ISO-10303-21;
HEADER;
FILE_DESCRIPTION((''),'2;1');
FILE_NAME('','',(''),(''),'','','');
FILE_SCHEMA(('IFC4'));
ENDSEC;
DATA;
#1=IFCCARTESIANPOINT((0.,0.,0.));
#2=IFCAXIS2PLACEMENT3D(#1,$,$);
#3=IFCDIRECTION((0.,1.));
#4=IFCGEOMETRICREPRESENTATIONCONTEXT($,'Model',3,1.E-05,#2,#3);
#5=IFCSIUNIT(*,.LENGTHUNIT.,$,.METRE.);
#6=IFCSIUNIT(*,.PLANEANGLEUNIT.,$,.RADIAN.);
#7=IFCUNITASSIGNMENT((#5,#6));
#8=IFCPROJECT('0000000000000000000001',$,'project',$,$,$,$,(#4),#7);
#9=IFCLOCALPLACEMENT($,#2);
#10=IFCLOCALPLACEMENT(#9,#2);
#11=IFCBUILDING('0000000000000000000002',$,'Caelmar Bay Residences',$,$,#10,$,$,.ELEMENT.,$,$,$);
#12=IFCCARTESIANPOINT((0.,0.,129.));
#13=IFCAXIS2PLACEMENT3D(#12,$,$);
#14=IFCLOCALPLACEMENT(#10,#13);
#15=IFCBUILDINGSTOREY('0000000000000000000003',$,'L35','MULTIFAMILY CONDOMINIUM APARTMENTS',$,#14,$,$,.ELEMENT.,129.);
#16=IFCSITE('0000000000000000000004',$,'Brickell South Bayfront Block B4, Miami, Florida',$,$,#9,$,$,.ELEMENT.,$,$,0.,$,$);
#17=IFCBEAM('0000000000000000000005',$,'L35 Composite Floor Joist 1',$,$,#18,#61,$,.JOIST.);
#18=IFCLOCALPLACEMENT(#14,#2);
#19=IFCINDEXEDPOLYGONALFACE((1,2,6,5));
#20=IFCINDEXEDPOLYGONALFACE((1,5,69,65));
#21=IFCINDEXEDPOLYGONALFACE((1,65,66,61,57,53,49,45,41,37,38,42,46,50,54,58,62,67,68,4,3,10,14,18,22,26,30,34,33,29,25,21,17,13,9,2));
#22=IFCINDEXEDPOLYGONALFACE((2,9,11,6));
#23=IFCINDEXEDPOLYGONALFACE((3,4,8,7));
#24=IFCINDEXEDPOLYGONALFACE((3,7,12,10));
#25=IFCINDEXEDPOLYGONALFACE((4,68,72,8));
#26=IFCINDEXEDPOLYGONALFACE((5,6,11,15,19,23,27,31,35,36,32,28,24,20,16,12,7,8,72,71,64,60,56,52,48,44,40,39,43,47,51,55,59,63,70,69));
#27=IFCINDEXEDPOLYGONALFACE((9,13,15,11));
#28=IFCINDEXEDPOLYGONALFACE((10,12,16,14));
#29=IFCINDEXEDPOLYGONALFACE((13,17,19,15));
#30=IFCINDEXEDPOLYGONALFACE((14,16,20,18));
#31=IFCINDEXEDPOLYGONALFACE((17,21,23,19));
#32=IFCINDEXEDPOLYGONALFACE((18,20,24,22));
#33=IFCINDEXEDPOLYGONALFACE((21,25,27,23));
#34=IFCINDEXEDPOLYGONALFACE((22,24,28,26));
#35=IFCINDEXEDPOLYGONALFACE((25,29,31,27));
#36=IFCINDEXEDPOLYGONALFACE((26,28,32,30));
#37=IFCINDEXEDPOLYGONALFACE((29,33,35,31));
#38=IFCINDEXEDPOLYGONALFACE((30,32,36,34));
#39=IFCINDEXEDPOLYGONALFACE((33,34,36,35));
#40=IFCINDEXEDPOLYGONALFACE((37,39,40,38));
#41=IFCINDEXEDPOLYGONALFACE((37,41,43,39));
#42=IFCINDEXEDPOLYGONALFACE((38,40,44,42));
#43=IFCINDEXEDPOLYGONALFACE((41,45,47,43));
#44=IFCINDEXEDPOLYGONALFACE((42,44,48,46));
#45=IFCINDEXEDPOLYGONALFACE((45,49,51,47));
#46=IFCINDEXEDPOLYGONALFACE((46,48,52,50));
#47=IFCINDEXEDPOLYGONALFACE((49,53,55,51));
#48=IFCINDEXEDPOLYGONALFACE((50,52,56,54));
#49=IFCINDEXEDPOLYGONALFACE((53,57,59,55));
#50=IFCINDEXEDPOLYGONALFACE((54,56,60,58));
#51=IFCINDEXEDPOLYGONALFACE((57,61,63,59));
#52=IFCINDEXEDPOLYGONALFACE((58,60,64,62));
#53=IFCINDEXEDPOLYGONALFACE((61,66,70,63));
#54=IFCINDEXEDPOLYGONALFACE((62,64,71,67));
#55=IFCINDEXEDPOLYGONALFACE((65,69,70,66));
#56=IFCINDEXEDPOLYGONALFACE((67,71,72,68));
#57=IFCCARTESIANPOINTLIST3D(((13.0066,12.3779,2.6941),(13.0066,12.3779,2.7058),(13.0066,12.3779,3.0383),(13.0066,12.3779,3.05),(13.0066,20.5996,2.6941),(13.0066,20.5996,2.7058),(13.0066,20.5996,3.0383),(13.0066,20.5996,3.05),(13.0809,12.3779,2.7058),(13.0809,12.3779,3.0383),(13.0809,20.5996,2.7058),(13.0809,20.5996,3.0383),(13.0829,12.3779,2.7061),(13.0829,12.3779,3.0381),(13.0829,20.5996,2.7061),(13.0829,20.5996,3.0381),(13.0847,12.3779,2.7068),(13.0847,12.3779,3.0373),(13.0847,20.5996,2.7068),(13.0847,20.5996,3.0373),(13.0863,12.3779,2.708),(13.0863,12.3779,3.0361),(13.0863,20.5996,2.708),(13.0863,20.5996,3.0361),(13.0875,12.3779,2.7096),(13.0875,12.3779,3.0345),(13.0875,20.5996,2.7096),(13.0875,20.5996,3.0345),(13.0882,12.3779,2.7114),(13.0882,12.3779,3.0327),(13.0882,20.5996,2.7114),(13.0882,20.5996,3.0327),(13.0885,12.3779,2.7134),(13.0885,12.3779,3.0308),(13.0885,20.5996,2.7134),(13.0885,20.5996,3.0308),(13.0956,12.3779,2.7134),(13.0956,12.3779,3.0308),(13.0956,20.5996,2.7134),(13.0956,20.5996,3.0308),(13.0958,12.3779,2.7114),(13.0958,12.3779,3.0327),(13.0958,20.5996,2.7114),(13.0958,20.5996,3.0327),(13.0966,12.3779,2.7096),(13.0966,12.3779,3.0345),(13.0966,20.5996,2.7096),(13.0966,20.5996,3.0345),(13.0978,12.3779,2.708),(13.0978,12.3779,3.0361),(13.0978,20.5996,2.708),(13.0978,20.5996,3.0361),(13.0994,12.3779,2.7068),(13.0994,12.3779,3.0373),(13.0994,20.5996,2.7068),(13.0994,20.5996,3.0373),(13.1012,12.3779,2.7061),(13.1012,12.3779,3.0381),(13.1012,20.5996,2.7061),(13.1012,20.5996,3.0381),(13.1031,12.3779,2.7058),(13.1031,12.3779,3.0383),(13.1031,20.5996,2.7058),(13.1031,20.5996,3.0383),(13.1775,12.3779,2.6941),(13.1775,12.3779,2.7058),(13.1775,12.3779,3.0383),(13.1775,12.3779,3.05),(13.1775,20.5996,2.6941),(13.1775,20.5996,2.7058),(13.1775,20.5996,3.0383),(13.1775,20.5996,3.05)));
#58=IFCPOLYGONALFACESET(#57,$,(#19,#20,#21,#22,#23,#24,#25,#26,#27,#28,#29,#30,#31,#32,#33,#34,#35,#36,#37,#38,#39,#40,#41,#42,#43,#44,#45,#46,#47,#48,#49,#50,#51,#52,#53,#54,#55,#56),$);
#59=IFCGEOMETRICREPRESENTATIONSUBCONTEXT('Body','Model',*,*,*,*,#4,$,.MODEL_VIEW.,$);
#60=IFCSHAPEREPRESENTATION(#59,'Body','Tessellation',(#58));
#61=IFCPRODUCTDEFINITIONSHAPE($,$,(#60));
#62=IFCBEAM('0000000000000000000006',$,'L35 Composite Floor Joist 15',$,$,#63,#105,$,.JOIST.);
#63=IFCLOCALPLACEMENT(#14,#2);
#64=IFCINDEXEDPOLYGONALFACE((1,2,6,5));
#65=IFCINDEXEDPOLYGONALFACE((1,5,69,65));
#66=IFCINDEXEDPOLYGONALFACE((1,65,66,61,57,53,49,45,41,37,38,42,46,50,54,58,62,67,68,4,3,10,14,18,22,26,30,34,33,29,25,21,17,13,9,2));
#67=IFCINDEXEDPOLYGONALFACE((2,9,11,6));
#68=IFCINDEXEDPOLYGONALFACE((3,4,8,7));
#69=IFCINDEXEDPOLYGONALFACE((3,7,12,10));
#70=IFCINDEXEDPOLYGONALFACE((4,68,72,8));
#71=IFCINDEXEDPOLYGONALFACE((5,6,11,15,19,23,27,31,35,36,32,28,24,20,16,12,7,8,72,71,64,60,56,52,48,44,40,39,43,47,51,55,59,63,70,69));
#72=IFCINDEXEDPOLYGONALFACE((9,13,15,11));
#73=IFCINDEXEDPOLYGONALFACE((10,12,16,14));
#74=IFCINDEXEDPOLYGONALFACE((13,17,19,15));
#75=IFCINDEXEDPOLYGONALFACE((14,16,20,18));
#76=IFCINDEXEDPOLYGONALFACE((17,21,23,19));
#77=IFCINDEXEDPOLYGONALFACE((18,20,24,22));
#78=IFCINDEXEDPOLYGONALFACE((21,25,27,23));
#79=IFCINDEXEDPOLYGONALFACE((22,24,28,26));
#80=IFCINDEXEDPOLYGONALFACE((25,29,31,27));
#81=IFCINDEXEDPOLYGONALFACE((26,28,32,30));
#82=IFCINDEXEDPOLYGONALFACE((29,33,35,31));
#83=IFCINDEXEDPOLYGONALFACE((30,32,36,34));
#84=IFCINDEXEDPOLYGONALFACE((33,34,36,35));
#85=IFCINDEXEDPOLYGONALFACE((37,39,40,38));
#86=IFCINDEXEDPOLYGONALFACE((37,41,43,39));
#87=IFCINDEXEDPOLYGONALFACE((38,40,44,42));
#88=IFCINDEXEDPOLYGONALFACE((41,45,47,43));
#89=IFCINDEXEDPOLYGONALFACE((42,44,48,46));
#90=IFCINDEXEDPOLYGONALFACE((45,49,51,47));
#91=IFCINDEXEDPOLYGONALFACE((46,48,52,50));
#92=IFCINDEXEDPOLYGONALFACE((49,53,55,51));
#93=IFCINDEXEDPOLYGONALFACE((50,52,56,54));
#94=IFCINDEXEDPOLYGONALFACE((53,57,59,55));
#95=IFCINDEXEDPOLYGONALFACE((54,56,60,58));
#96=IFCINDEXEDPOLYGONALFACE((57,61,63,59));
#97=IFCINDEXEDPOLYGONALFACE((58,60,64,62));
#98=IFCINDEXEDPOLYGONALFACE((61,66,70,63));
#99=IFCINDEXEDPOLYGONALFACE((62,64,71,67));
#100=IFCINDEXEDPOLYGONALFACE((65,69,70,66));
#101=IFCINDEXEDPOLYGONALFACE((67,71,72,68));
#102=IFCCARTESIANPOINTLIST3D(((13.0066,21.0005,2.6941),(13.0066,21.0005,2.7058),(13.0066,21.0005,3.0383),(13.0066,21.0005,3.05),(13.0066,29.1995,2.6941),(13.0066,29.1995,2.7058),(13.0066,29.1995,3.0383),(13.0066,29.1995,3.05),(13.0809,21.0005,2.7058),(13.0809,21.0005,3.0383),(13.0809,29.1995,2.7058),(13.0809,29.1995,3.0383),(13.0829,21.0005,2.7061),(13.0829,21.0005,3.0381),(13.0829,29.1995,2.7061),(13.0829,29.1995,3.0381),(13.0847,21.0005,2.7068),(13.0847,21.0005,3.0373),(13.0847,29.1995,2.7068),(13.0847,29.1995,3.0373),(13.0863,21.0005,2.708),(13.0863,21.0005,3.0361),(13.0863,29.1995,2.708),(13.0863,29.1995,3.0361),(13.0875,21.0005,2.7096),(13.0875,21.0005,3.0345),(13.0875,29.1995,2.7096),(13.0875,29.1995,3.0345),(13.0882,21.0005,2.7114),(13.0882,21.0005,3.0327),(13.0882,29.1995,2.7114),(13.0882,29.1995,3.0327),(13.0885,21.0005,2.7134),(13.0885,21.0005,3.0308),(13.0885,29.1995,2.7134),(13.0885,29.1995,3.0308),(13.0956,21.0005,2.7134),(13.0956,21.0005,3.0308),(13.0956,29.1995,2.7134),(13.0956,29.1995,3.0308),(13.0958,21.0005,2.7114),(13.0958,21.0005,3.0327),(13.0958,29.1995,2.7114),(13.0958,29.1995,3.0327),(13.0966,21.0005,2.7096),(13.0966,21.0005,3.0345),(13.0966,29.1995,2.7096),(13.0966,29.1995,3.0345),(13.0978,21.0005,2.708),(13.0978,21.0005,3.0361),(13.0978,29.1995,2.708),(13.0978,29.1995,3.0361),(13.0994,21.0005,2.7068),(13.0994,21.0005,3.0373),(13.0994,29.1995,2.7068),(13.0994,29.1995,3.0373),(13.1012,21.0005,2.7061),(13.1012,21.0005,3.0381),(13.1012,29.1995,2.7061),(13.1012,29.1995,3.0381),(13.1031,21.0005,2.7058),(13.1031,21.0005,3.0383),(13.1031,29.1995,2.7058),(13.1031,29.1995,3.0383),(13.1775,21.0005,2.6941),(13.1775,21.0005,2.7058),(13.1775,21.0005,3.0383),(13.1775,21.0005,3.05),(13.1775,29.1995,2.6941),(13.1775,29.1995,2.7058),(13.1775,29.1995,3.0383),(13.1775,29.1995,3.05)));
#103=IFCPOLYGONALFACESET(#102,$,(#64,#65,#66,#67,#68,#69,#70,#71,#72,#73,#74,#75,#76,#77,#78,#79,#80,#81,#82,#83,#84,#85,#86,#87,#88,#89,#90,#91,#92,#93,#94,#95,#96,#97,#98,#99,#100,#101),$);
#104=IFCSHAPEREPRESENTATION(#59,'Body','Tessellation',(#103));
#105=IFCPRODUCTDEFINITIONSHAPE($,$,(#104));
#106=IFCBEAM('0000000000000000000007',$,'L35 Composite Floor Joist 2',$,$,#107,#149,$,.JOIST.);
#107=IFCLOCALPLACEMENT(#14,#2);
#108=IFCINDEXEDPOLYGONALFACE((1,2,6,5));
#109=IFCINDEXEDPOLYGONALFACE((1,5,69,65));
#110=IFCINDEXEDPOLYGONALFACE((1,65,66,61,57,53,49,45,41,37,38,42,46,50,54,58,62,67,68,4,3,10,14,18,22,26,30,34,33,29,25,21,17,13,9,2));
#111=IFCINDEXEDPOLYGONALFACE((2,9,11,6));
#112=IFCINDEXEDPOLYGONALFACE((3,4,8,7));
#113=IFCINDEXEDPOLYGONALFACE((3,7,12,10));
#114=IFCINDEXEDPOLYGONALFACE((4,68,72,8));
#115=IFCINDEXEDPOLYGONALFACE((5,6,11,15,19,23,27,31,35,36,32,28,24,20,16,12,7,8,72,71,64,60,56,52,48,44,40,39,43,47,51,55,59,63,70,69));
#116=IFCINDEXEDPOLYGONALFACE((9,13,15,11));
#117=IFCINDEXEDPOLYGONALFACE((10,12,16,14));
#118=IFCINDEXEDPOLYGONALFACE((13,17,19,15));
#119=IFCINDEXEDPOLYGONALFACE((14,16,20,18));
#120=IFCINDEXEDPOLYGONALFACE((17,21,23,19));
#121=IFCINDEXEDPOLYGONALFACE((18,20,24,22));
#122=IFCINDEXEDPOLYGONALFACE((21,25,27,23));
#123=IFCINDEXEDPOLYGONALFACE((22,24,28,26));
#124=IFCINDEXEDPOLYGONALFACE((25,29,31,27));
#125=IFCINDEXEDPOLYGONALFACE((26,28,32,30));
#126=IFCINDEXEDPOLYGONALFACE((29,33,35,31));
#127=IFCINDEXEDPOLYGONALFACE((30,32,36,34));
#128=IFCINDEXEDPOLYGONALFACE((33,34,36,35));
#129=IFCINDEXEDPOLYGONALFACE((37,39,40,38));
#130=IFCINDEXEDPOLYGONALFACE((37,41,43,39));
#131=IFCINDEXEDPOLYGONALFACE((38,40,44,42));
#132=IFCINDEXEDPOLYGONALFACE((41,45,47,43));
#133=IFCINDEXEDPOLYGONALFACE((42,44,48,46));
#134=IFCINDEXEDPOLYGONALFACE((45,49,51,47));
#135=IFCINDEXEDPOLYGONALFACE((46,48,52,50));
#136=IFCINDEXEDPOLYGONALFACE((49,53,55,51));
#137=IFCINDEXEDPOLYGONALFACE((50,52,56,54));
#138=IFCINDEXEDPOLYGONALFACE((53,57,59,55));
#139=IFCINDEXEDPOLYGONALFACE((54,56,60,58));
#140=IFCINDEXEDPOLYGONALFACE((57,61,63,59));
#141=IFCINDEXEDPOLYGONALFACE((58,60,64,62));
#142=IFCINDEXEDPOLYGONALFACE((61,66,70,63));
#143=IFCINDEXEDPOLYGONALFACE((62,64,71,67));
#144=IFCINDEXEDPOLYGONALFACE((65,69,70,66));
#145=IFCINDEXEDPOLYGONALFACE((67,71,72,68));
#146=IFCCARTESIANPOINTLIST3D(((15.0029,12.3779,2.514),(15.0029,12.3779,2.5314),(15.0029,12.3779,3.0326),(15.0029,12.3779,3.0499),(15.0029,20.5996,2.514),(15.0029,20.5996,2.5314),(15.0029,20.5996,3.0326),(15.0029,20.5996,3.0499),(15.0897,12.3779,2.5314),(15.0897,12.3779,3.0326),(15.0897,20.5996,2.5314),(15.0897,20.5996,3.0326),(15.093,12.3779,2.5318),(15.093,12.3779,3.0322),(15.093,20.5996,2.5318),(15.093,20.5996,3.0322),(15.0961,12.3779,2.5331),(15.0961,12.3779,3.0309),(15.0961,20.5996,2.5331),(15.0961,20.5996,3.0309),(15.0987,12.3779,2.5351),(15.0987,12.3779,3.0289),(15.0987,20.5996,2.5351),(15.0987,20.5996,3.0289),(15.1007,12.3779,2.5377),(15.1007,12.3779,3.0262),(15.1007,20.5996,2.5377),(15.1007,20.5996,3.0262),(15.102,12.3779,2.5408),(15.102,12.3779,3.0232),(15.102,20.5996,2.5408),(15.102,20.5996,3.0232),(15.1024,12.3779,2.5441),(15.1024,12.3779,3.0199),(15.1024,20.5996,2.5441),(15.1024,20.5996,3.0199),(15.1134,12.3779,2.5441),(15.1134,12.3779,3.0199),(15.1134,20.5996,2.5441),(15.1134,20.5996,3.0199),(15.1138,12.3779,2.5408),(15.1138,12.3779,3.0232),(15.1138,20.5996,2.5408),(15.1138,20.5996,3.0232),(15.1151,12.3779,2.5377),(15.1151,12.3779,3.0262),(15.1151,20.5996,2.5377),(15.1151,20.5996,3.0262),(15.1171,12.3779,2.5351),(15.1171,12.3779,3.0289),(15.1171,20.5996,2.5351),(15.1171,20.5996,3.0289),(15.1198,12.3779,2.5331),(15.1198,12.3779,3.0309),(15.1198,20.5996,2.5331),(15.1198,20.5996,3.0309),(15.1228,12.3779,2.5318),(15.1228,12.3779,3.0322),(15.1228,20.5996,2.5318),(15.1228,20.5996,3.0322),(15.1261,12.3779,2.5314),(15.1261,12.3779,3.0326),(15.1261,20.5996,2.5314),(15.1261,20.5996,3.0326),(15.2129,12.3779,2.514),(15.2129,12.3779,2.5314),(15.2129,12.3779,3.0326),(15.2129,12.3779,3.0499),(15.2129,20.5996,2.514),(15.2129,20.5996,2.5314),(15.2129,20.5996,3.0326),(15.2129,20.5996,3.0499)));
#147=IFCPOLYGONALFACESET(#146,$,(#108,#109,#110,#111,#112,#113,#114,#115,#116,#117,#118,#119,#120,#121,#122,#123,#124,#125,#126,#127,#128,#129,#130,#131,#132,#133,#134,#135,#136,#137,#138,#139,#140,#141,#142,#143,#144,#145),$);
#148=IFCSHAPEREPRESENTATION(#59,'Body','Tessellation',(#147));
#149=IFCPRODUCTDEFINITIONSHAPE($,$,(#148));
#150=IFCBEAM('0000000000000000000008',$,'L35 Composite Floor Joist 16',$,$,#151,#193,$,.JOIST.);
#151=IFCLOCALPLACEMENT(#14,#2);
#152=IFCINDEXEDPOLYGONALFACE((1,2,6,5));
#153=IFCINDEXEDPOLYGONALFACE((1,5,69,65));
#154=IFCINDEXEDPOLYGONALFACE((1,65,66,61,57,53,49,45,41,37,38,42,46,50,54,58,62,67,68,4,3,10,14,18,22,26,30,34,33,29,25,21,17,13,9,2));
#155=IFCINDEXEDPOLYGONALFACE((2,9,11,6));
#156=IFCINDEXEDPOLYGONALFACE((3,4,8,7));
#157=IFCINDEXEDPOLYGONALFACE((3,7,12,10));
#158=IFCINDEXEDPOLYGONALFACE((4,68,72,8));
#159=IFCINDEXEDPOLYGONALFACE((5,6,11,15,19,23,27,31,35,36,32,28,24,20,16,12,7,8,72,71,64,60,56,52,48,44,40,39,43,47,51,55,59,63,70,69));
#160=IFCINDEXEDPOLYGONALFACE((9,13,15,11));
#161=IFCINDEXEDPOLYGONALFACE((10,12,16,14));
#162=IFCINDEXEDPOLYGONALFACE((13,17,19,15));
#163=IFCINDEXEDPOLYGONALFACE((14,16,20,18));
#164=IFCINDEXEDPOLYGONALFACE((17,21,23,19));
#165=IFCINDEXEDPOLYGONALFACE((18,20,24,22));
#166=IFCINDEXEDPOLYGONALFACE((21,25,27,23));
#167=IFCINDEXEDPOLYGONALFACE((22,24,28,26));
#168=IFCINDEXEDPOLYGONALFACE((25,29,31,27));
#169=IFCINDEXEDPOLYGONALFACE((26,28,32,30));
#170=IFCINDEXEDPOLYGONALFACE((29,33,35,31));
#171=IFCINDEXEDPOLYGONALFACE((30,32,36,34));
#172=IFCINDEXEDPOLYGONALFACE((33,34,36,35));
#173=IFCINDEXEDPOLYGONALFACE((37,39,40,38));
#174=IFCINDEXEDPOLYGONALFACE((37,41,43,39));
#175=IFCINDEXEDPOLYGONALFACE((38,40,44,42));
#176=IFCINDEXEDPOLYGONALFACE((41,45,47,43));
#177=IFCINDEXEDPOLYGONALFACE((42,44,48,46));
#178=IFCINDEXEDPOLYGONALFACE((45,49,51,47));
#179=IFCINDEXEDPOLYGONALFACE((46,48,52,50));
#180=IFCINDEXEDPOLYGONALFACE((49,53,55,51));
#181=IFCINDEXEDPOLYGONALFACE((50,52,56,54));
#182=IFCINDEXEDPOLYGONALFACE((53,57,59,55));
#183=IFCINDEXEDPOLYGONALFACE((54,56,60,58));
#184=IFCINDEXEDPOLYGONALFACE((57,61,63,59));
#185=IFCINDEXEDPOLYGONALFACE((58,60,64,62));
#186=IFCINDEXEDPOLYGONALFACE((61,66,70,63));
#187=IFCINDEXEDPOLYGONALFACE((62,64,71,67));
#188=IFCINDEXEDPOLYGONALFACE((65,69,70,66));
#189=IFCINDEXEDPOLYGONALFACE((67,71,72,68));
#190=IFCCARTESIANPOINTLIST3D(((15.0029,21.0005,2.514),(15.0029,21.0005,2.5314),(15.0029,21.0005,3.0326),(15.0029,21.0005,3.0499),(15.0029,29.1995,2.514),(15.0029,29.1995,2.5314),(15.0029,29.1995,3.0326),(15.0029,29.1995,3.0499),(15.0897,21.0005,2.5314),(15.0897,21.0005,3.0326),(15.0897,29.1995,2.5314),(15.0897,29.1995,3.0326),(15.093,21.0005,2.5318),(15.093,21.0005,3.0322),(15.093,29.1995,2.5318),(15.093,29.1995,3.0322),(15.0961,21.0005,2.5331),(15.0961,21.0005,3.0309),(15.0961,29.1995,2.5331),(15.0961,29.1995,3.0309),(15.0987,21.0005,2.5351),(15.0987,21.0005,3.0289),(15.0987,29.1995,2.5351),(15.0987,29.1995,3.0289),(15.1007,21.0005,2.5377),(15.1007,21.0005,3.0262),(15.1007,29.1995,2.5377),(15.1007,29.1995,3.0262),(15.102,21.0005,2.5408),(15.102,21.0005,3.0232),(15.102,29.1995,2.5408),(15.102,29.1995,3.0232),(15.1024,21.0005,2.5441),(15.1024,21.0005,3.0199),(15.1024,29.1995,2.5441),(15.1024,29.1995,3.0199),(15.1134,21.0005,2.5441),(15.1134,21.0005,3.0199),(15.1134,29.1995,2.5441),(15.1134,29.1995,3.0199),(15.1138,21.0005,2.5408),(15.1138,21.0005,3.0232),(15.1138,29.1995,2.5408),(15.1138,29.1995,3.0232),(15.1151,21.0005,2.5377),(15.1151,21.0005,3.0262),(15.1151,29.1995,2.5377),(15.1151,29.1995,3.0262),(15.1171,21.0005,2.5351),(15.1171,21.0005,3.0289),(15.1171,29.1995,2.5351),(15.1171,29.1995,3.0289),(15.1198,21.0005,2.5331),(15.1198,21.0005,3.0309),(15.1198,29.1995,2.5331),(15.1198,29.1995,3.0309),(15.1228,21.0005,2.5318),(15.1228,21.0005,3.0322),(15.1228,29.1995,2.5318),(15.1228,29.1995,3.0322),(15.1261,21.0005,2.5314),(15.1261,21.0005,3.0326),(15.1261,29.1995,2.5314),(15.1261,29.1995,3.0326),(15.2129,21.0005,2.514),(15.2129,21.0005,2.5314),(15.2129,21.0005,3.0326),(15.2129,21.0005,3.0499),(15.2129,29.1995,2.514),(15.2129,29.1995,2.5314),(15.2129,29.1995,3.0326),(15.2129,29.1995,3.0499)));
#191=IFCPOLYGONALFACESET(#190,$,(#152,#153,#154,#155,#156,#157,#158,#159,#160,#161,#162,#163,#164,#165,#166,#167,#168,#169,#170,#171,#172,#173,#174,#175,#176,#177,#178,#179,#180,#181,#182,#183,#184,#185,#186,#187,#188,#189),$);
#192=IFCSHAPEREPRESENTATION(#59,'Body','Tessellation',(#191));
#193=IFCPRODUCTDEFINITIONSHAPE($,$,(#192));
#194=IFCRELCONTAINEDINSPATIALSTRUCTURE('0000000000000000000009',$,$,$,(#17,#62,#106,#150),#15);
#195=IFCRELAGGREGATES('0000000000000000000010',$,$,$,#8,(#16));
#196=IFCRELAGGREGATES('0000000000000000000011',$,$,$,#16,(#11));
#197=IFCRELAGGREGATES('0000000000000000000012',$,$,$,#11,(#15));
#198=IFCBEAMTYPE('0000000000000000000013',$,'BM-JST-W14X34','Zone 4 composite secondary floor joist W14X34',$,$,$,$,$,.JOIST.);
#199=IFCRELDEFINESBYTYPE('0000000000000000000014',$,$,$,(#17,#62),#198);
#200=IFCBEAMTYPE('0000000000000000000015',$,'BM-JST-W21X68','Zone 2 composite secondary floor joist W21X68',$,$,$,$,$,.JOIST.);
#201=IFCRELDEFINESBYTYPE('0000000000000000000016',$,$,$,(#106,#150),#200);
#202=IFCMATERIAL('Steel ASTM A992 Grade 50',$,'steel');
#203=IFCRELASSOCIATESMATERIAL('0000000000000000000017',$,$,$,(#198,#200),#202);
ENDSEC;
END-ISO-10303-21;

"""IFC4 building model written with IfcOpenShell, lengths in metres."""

from ifc_helpers import new_model, si_unit, direction, frame, origin, origin_2d, place, context, subcontext, project, spatial, i_section, extrude, material, material_profile, profile_set, type_object, element, save


model = new_model("IFC4")

# Units and contexts
model_context = context("Model", 3, precision=1e-05, world=origin(), true_north=direction((0.0, 1.0)))
body_context = subcontext(model_context, "Body", "Model", "MODEL_VIEW")
ifc_project = project(units=[si_unit("LENGTHUNIT", "METRE"), si_unit("PLANEANGLEUNIT", "RADIAN")], contexts=[model_context])

# Site, building, storey
site_placement = place(None, origin())
site = spatial("IfcSite", under=ifc_project, at=site_placement, Name="Brickell South Bayfront Block B4, Miami, Florida", CompositionType="ELEMENT", RefElevation=0.0)
building_placement = place(site_placement, origin())
building = spatial("IfcBuilding", under=site, at=building_placement, Name="Caelmar Bay Residences", CompositionType="ELEMENT")
storey_placement = place(building_placement, frame((0.0, 0.0, 129.0)))
storey = spatial("IfcBuildingStorey", under=building, at=storey_placement, Name="L35", Description="MULTIFAMILY CONDOMINIUM APARTMENTS", CompositionType="ELEMENT", Elevation=129.0)

# Beams
ifc_material_1 = material(Name="Steel ASTM A992 Grade 50", Category="steel")
ifc_material_profile_1 = material_profile(ifc_material_1, i_section(OverallWidth=0.1709, OverallDepth=0.356, WebThickness=0.0071, FlangeThickness=0.0117, FilletRadius=0.0076, at=origin_2d()), Name="W14X34")
ifc_profile_set_1 = profile_set([ifc_material_profile_1], Name="Steel ASTM A992 Grade 50")
beam_type_1 = type_object("IfcBeamType", Name="BM-JST-W14X34", Description="Zone 4 composite secondary floor joist W14X34", PredefinedType="JOIST", material=ifc_profile_set_1)
beam_1_placement = place(storey_placement, frame((13.092, 12.3779, 2.8721), z_axis=(0.0, 1.0, 0.0), x_axis=(-1.0, 0.0, 0.0)))
element("IfcBeam", 1, at=beam_1_placement, inside=storey, type_object=beam_type_1, Name="L35 Composite Floor Joist 1", PredefinedType="JOIST", context=body_context, shape_type="SweptSolid", body=[
    extrude(i_section(OverallWidth=0.1709, OverallDepth=0.356, WebThickness=0.0071, FlangeThickness=0.0117, FilletRadius=0.0076, at=origin_2d()), origin(), (0.0, 0.0, 1.0), 8.2217),
])
beam_2_placement = place(storey_placement, frame((13.092, 21.0005, 2.8721), z_axis=(0.0, 1.0, 0.0), x_axis=(-1.0, 0.0, 0.0)))
element("IfcBeam", 2, at=beam_2_placement, inside=storey, type_object=beam_type_1, Name="L35 Composite Floor Joist 15", PredefinedType="JOIST", context=body_context, shape_type="SweptSolid", body=[
    extrude(i_section(OverallWidth=0.1709, OverallDepth=0.356, WebThickness=0.0071, FlangeThickness=0.0117, FilletRadius=0.0076, at=origin_2d()), origin(), (0.0, 0.0, 1.0), 8.199),
])
ifc_material_profile_2 = material_profile(ifc_material_1, i_section(OverallWidth=0.21, OverallDepth=0.5359, WebThickness=0.011, FlangeThickness=0.0173, FilletRadius=0.0127, at=origin_2d()), Name="W21X68")
ifc_profile_set_2 = profile_set([ifc_material_profile_2], Name="Steel ASTM A992 Grade 50")
beam_type_2 = type_object("IfcBeamType", Name="BM-JST-W21X68", Description="Zone 2 composite secondary floor joist W21X68", PredefinedType="JOIST", material=ifc_profile_set_2)
beam_3_placement = place(storey_placement, frame((15.1079, 12.3779, 2.782), z_axis=(0.0, 1.0, 0.0), x_axis=(-1.0, 0.0, 0.0)))
element("IfcBeam", 3, at=beam_3_placement, inside=storey, type_object=beam_type_2, Name="L35 Composite Floor Joist 2", PredefinedType="JOIST", context=body_context, shape_type="SweptSolid", body=[
    extrude(i_section(OverallWidth=0.21, OverallDepth=0.5359, WebThickness=0.011, FlangeThickness=0.0173, FilletRadius=0.0127, at=origin_2d()), origin(), (0.0, 0.0, 1.0), 8.2217),
])
beam_4_placement = place(storey_placement, frame((15.1079, 21.0005, 2.782), z_axis=(0.0, 1.0, 0.0), x_axis=(-1.0, 0.0, 0.0)))
element("IfcBeam", 4, at=beam_4_placement, inside=storey, type_object=beam_type_2, Name="L35 Composite Floor Joist 16", PredefinedType="JOIST", context=body_context, shape_type="SweptSolid", body=[
    extrude(i_section(OverallWidth=0.21, OverallDepth=0.5359, WebThickness=0.011, FlangeThickness=0.0173, FilletRadius=0.0127, at=origin_2d()), origin(), (0.0, 0.0, 1.0), 8.199),
])

save(model, "model.ifc")
